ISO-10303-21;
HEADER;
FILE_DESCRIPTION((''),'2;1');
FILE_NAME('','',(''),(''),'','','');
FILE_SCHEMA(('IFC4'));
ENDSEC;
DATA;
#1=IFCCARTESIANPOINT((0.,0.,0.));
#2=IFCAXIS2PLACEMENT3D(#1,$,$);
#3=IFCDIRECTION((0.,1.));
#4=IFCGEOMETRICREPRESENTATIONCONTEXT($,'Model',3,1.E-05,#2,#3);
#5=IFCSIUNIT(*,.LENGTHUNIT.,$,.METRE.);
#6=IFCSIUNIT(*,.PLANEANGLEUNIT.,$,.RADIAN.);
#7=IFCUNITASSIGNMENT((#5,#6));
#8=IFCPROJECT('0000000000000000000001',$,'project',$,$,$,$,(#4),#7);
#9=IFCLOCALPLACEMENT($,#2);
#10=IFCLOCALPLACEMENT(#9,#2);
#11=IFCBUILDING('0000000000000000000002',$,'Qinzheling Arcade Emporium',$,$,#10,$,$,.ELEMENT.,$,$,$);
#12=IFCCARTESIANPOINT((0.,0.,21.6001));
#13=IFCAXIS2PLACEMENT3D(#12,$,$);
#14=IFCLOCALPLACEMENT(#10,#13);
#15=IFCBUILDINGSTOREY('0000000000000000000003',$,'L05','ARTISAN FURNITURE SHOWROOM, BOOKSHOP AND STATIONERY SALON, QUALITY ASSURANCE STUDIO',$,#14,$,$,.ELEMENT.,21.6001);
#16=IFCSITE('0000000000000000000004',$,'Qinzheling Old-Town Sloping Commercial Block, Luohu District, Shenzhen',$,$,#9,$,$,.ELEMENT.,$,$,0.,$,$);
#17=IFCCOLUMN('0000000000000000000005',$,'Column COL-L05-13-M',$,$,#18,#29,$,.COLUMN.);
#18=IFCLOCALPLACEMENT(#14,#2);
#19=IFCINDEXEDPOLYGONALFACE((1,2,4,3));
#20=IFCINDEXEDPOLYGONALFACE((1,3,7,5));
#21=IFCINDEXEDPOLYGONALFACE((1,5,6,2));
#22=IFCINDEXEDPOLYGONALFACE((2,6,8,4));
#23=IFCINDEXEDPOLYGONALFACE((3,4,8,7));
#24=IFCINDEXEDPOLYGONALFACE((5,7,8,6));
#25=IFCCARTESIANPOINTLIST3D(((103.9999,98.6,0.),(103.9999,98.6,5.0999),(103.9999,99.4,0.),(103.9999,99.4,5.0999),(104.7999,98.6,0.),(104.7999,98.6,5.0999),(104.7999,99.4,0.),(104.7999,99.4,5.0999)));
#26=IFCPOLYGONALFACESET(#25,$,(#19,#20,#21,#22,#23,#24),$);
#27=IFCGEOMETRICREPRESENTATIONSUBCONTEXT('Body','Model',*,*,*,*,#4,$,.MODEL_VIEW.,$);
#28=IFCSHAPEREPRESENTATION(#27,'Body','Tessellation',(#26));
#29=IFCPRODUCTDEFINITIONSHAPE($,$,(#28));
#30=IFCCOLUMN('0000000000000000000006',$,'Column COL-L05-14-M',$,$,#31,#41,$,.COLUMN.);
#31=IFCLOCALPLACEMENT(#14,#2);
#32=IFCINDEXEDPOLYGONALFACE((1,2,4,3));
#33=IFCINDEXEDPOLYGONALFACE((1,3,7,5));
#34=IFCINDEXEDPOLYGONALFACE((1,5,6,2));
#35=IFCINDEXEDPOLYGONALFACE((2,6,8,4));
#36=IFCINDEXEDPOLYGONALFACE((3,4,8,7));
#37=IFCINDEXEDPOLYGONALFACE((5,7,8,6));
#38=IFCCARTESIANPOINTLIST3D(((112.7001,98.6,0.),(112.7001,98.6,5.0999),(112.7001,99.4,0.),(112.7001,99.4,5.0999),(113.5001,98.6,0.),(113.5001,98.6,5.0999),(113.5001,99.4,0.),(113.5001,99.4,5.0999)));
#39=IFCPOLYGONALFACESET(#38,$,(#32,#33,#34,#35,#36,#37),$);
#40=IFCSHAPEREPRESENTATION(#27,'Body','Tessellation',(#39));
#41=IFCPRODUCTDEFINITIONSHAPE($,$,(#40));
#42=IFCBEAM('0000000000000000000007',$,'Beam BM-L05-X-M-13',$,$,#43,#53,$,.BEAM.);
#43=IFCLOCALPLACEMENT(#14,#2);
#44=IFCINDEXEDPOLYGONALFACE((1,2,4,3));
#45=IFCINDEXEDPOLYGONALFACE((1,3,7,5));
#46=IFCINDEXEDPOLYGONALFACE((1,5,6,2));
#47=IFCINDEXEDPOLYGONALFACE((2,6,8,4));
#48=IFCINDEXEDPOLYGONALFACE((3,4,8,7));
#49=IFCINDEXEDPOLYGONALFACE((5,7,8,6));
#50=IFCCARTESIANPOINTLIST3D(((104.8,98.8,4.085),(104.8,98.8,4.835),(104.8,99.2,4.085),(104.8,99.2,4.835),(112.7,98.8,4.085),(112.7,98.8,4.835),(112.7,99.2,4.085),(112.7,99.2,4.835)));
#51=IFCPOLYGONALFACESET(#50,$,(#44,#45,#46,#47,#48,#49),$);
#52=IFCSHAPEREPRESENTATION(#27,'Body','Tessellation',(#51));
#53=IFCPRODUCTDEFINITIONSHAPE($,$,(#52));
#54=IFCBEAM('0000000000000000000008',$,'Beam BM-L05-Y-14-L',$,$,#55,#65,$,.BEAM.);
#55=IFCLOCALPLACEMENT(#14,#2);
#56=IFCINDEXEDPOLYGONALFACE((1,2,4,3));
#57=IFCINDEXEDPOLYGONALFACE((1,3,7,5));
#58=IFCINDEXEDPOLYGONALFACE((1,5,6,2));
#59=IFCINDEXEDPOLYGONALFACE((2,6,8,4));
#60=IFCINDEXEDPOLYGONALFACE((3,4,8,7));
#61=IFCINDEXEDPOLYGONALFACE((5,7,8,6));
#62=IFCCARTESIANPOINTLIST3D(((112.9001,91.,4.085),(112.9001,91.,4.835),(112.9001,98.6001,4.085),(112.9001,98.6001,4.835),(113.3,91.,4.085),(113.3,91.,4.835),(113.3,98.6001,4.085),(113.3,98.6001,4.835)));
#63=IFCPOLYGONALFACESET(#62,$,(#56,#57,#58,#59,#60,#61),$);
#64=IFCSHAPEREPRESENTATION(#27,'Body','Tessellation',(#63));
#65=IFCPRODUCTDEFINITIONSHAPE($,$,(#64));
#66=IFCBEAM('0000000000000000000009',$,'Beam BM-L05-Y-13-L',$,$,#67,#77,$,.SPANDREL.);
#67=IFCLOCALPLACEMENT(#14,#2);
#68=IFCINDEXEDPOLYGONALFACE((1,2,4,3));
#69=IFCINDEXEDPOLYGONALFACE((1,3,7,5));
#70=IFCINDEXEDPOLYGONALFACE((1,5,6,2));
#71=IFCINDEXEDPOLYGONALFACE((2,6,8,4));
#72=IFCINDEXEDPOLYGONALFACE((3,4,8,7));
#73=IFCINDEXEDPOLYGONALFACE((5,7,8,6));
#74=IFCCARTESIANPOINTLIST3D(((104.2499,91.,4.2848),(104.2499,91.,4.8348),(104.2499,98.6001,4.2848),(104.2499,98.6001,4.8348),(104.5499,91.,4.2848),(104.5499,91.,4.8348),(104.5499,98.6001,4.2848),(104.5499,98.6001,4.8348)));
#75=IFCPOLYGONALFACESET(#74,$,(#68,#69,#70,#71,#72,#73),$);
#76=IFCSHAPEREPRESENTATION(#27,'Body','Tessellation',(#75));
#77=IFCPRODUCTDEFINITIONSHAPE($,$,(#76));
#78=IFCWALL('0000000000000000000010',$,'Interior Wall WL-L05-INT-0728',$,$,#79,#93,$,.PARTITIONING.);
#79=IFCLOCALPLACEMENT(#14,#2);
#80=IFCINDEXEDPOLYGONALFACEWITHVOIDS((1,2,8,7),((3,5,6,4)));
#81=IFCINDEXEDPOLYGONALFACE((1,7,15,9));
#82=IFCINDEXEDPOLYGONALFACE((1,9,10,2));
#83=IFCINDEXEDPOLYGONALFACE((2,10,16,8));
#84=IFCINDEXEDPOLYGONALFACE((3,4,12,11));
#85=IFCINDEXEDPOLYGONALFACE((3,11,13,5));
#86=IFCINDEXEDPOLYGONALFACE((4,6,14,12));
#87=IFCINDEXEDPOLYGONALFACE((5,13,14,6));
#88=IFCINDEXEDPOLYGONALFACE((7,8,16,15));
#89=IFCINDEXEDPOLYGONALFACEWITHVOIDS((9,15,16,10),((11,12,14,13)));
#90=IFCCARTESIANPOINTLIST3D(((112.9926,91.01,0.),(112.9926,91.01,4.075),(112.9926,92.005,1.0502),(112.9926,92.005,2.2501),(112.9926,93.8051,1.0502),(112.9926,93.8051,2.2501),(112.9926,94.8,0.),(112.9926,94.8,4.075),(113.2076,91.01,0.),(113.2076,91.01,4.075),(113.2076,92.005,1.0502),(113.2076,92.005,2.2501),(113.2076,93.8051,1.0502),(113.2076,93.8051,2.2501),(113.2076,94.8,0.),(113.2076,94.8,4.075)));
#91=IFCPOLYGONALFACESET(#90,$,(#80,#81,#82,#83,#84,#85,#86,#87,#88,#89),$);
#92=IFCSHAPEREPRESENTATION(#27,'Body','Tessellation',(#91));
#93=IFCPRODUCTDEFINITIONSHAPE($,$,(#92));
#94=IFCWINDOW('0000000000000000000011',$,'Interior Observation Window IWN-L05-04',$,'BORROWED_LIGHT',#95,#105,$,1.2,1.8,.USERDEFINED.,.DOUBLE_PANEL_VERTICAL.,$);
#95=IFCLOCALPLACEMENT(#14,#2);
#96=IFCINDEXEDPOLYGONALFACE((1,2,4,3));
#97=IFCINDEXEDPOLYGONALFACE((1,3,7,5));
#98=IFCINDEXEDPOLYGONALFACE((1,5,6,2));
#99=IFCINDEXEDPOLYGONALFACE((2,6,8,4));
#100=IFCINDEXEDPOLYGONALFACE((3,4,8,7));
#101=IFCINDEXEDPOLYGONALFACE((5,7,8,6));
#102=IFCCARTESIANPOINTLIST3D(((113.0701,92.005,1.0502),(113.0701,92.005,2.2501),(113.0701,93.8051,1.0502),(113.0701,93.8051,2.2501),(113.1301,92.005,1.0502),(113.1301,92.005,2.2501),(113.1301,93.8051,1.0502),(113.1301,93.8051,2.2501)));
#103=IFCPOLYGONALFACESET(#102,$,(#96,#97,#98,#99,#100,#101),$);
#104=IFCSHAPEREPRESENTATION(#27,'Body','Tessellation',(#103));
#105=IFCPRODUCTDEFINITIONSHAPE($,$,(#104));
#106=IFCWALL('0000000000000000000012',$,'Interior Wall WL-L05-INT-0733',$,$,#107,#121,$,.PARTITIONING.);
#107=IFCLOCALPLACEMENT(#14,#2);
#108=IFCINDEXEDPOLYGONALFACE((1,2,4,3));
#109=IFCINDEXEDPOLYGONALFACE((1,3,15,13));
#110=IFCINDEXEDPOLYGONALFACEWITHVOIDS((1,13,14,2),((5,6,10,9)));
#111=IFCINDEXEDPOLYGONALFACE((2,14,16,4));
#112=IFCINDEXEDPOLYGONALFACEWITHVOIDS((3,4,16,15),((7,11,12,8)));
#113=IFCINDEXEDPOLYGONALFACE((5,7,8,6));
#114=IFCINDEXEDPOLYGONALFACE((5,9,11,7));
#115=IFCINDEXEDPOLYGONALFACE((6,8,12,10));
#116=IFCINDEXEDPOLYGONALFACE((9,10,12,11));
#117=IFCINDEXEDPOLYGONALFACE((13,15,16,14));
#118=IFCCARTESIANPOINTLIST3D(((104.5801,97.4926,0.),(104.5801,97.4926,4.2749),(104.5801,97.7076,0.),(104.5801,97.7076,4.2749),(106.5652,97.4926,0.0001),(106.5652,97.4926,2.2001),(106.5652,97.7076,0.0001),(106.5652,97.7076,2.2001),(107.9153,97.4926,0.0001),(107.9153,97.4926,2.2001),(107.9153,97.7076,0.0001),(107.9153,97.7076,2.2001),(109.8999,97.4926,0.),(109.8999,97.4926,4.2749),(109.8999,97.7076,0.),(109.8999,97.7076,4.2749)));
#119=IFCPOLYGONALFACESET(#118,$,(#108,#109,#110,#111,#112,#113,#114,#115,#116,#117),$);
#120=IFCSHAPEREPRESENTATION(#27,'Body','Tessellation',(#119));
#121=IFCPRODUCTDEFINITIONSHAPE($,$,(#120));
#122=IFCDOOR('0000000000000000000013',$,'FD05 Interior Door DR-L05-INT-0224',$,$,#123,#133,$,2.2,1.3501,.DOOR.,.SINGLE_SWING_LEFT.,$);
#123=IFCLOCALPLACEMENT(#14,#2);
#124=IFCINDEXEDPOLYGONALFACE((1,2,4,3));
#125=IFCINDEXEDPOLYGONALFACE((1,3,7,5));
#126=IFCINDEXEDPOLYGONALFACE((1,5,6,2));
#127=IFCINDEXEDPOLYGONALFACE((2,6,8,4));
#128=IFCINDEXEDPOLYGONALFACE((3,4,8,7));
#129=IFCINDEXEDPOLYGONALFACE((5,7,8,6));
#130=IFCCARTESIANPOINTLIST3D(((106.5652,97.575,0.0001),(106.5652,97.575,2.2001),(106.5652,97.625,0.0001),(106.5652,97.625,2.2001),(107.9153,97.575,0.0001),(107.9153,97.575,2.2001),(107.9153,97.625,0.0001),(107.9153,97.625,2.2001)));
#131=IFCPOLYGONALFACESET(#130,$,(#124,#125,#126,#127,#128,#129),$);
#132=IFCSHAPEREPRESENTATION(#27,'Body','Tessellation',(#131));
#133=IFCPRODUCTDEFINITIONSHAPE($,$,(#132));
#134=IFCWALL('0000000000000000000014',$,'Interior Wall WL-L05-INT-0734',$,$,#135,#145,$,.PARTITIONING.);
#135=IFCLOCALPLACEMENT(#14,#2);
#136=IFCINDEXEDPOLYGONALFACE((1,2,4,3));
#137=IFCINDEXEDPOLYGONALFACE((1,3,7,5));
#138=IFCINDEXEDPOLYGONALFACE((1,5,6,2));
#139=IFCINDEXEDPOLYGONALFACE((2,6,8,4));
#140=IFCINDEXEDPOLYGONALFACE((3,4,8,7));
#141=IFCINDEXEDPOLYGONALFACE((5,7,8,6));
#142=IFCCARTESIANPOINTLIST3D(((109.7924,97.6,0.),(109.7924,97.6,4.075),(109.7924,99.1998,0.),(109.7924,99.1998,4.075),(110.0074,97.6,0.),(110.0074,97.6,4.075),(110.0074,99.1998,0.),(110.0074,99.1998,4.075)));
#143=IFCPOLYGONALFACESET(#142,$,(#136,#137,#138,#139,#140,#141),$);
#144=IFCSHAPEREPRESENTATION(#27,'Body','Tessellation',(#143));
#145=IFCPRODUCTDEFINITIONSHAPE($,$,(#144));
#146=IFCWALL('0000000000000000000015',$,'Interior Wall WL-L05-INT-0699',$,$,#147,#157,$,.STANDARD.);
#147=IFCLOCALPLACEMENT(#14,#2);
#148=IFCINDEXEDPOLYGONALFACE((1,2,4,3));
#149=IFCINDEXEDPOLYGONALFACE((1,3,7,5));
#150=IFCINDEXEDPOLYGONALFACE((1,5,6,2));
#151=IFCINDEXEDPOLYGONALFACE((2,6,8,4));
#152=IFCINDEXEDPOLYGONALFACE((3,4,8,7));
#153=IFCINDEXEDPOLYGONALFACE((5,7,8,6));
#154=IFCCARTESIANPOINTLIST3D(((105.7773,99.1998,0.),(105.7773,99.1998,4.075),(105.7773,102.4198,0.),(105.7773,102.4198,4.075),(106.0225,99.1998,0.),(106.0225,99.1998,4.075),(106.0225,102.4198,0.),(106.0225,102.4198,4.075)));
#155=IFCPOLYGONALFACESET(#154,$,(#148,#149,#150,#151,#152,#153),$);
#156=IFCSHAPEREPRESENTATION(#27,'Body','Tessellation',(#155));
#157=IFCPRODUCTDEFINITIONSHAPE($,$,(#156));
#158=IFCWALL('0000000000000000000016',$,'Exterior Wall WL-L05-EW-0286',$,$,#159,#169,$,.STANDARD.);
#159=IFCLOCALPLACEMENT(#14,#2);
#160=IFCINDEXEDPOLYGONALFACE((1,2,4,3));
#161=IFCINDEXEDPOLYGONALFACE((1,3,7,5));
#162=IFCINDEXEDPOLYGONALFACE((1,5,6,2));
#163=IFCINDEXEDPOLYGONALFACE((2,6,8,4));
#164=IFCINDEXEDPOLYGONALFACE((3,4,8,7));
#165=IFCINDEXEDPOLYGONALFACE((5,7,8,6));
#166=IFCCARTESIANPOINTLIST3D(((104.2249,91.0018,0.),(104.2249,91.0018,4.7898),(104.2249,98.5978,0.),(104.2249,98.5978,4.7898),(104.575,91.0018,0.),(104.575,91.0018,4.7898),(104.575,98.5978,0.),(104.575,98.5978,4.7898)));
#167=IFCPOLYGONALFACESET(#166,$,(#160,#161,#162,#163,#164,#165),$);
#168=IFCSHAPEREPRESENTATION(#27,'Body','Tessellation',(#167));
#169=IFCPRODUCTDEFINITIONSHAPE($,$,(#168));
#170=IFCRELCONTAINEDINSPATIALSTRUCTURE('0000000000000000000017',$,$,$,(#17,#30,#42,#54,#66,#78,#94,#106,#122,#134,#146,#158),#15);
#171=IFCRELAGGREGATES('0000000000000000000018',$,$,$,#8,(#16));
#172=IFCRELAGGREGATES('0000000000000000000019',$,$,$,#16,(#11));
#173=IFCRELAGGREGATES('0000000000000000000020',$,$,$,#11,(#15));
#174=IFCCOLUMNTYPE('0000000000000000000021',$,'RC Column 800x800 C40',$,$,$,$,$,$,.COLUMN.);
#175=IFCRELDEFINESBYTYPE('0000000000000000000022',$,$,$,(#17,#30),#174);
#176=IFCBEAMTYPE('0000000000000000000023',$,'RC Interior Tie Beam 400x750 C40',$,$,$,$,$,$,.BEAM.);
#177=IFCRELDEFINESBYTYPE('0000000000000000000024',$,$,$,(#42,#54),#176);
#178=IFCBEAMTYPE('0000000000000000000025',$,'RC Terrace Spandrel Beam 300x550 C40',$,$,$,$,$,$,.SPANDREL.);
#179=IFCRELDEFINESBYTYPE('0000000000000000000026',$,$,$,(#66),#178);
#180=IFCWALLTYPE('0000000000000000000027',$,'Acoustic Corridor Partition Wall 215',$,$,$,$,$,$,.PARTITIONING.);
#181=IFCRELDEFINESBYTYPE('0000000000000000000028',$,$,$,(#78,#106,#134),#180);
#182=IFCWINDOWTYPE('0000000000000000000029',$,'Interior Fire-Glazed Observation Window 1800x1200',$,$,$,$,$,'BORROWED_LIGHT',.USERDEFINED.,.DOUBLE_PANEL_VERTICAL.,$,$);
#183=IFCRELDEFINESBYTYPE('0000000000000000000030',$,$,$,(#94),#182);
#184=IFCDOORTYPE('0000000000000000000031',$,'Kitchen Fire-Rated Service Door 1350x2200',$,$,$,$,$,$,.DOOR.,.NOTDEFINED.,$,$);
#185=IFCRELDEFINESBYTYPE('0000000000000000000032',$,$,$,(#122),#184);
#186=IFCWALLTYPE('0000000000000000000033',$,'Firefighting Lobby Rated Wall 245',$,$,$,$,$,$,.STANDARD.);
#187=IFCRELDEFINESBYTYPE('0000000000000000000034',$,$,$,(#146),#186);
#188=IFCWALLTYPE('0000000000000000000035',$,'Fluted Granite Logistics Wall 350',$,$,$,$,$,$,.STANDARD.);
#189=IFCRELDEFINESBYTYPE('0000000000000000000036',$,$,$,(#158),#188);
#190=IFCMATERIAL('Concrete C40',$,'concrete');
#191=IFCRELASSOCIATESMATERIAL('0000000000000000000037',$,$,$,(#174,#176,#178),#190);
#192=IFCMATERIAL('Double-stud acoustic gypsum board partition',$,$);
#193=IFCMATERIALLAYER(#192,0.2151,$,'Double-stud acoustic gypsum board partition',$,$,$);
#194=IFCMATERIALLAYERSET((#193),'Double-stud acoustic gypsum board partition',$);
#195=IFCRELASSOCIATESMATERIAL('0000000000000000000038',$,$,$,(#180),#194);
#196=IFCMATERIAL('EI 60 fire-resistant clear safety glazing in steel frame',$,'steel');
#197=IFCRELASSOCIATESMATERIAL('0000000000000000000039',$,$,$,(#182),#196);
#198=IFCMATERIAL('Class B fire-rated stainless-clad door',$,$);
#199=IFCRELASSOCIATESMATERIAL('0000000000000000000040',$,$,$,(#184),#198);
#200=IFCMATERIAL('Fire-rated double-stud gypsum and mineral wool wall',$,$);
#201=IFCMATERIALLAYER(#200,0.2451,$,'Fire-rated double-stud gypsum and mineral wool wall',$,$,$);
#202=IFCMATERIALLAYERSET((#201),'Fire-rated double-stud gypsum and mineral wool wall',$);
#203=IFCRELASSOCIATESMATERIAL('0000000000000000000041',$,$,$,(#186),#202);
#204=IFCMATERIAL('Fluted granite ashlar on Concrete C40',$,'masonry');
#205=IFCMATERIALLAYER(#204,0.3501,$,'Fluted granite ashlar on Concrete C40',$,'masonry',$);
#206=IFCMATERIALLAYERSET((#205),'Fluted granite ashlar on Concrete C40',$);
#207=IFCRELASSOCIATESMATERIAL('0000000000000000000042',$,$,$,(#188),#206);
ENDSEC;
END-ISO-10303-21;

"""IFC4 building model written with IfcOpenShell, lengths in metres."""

from ifc_helpers import new_model, si_unit, direction, frame, frame_2d, origin, origin_2d, place, context, subcontext, project, spatial, rectangle, extrude, material, layer, layer_set, material_profile, profile_set, type_object, element, fill, save


model = new_model("IFC4")

# Units and contexts
model_context = context("Model", 3, precision=1e-05, world=origin(), true_north=direction((0.0, 1.0)))
body_context = subcontext(model_context, "Body", "Model", "MODEL_VIEW")
ifc_project = project(units=[si_unit("LENGTHUNIT", "METRE"), si_unit("PLANEANGLEUNIT", "RADIAN")], contexts=[model_context])

# Site, building, storey
site_placement = place(None, origin())
site = spatial("IfcSite", under=ifc_project, at=site_placement, Name="Qinzheling Old-Town Sloping Commercial Block, Luohu District, Shenzhen", CompositionType="ELEMENT", RefElevation=0.0)
building_placement = place(site_placement, origin())
building = spatial("IfcBuilding", under=site, at=building_placement, Name="Qinzheling Arcade Emporium", CompositionType="ELEMENT")
storey_placement = place(building_placement, frame((0.0, 0.0, 21.6001)))
storey = spatial("IfcBuildingStorey", under=building, at=storey_placement, Name="L05", Description="ARTISAN FURNITURE SHOWROOM, BOOKSHOP AND STATIONERY SALON, QUALITY ASSURANCE STUDIO", CompositionType="ELEMENT", Elevation=21.6001)

# Columns
ifc_material_1 = material(Name="Concrete C40", Category="concrete")
ifc_material_profile_1 = material_profile(ifc_material_1, rectangle(XDim=0.8, YDim=0.8, at=origin_2d()), Name="RC 800x800", Category="concrete")
ifc_profile_set_1 = profile_set([ifc_material_profile_1], Name="Concrete C40")
column_type = type_object("IfcColumnType", Name="RC Column 800x800 C40", PredefinedType="COLUMN", material=ifc_profile_set_1)
for number, where, z_axis, x_axis, name in (
    (1, (104.3999, 99.0, 0.0), (0.0, 0.0, 1.0), (1.0, 0.0, 0.0), "Column COL-L05-13-M"),
    (2, (113.1001, 99.0, 0.0), (0.0, 0.0, 1.0), (1.0, 0.0, 0.0), "Column COL-L05-14-M"),
):
    element("IfcColumn", number, at=place(storey_placement, frame(where, z_axis=z_axis, x_axis=x_axis)), inside=storey, type_object=column_type, Name=name, PredefinedType="COLUMN", context=body_context, shape_type="SweptSolid", body=[
        extrude(rectangle(XDim=0.8, YDim=0.8, at=origin_2d()), origin(), (0.0, 0.0, 1.0), 5.0999),
    ])

# Beams
ifc_material_profile_2 = material_profile(ifc_material_1, rectangle(XDim=0.3999, YDim=0.75, at=origin_2d()), Name="RC 400x750", Category="concrete")
ifc_profile_set_2 = profile_set([ifc_material_profile_2], Name="Concrete C40")
beam_type_1 = type_object("IfcBeamType", Name="RC Interior Tie Beam 400x750 C40", PredefinedType="BEAM", material=ifc_profile_set_2)
beam_1_placement = place(storey_placement, frame((104.8, 99.0, 4.46), z_axis=(1.0, 0.0, 0.0), x_axis=(0.0, 1.0, 0.0)))
element("IfcBeam", 3, at=beam_1_placement, inside=storey, type_object=beam_type_1, Name="Beam BM-L05-X-M-13", PredefinedType="BEAM", context=body_context, shape_type="SweptSolid", body=[
    extrude(rectangle(XDim=0.3999, YDim=0.75, at=origin_2d()), origin(), (0.0, 0.0, 1.0), 7.8999),
])
beam_2_placement = place(storey_placement, frame((113.1001, 91.0, 4.46), z_axis=(0.0, 1.0, 0.0), x_axis=(-1.0, 0.0, 0.0)))
element("IfcBeam", 4, at=beam_2_placement, inside=storey, type_object=beam_type_1, Name="Beam BM-L05-Y-14-L", PredefinedType="BEAM", context=body_context, shape_type="SweptSolid", body=[
    extrude(rectangle(XDim=0.3999, YDim=0.75, at=origin_2d()), origin(), (0.0, 0.0, 1.0), 7.6001),
])
ifc_material_profile_3 = material_profile(ifc_material_1, rectangle(XDim=0.3, YDim=0.55, at=origin_2d()), Name="RC 300x550", Category="concrete")
ifc_profile_set_3 = profile_set([ifc_material_profile_3], Name="Concrete C40")
beam_type_2 = type_object("IfcBeamType", Name="RC Terrace Spandrel Beam 300x550 C40", PredefinedType="SPANDREL", material=ifc_profile_set_3)
beam_3_placement = place(storey_placement, frame((104.3999, 91.0, 4.5598), z_axis=(0.0, 1.0, 0.0), x_axis=(-1.0, 0.0, 0.0)))
element("IfcBeam", 5, at=beam_3_placement, inside=storey, type_object=beam_type_2, Name="Beam BM-L05-Y-13-L", PredefinedType="SPANDREL", context=body_context, shape_type="SweptSolid", body=[
    extrude(rectangle(XDim=0.3, YDim=0.55, at=origin_2d()), origin(), (0.0, 0.0, 1.0), 7.6001),
])

# Wall, opening, window
ifc_material_2 = material(Name="Double-stud acoustic gypsum board partition")
ifc_layer_1 = layer(ifc_material_2, 0.2151, Name="Double-stud acoustic gypsum board partition")
ifc_layer_set_1 = layer_set([ifc_layer_1], Name="Double-stud acoustic gypsum board partition")
wall_type_1 = type_object("IfcWallType", Name="Acoustic Corridor Partition Wall 215", PredefinedType="PARTITIONING", material=ifc_layer_set_1)
wall_1_placement = place(storey_placement, frame((113.1001, 94.8, 0.0), z_axis=(0.0, 0.0, 1.0), x_axis=(0.0, -1.0, 0.0)))
wall_1 = element("IfcWall", 6, at=wall_1_placement, inside=storey, type_object=wall_type_1, Name="Interior Wall WL-L05-INT-0728", PredefinedType="PARTITIONING", context=body_context, shape_type="SweptSolid", body=[
    extrude(rectangle(XDim=3.79, YDim=0.2151, at=frame_2d((1.895, 0.0))), origin(), (0.0, 0.0, 1.0), 4.075),
])
opening_1_placement = place(wall_1_placement, frame((0.9951, 0.0, 1.05)))
opening_1 = element("IfcOpeningElement", 7, at=opening_1_placement, cuts=wall_1, PredefinedType="OPENING", context=body_context, shape_type="SweptSolid", body=[
    extrude(rectangle(XDim=1.8, YDim=1.2, at=frame_2d((0.8999, 0.6001))), frame((0.0, 0.1177, 0.0), z_axis=(0.0, -1.0, 0.0), x_axis=(1.0, 0.0, 0.0)), (0.0, 0.0, 1.0), 0.2351),
])
ifc_material_3 = material(Name="EI 60 fire-resistant clear safety glazing in steel frame", Category="steel")
window_type = type_object("IfcWindowType", Name="Interior Fire-Glazed Observation Window 1800x1200", ElementType="BORROWED_LIGHT", PartitioningType="DOUBLE_PANEL_VERTICAL", PredefinedType="USERDEFINED", material=ifc_material_3)
window_placement = place(opening_1_placement, origin())
window = element("IfcWindow", 8, at=window_placement, inside=storey, type_object=window_type, Name="Interior Observation Window IWN-L05-04", ObjectType="BORROWED_LIGHT", OverallHeight=1.2, OverallWidth=1.8, PartitioningType="DOUBLE_PANEL_VERTICAL", PredefinedType="USERDEFINED", context=body_context, shape_type="SweptSolid", body=[
    extrude(rectangle(XDim=1.8, YDim=1.2, at=frame_2d((0.8999, 0.6001))), frame((0.0, 0.03, 0.0), z_axis=(0.0, -1.0, 0.0), x_axis=(1.0, 0.0, 0.0)), (0.0, 0.0, 1.0), 0.0601),
])
fill(opening_1, window)

# Wall, opening, door
wall_2_placement = place(storey_placement, frame((104.5801, 97.6001, 0.0), z_axis=(0.0, 0.0, 1.0), x_axis=(1.0, 0.0, 0.0)))
wall_2 = element("IfcWall", 9, at=wall_2_placement, inside=storey, type_object=wall_type_1, Name="Interior Wall WL-L05-INT-0733", PredefinedType="PARTITIONING", context=body_context, shape_type="SweptSolid", body=[
    extrude(rectangle(XDim=5.3198, YDim=0.2151, at=frame_2d((2.6599, 0.0))), origin(), (0.0, 0.0, 1.0), 4.2749),
])
opening_2_placement = place(wall_2_placement, frame((1.9851, 0.0, 0.0)))
opening_2 = element("IfcOpeningElement", 10, at=opening_2_placement, cuts=wall_2, PredefinedType="OPENING", context=body_context, shape_type="SweptSolid", body=[
    extrude(rectangle(XDim=1.3501, YDim=2.2, at=frame_2d((0.675, 1.1001))), frame((0.0, 0.1177, 0.0), z_axis=(0.0, -1.0, 0.0), x_axis=(1.0, 0.0, 0.0)), (0.0, 0.0, 1.0), 0.2351),
])
ifc_material_4 = material(Name="Class B fire-rated stainless-clad door")
door_type_1 = type_object("IfcDoorType", Name="Kitchen Fire-Rated Service Door 1350x2200", OperationType="NOTDEFINED", PredefinedType="DOOR", material=ifc_material_4)
door_1_placement = place(opening_2_placement, origin())
door_1 = element("IfcDoor", 11, at=door_1_placement, inside=storey, type_object=door_type_1, Name="FD05 Interior Door DR-L05-INT-0224", OperationType="SINGLE_SWING_LEFT", OverallHeight=2.2, OverallWidth=1.3501, PredefinedType="DOOR", context=body_context, shape_type="SweptSolid", body=[
    extrude(rectangle(XDim=1.3501, YDim=2.2, at=frame_2d((0.675, 1.1001))), frame((0.0, 0.0249, 0.0), z_axis=(0.0, -1.0, 0.0), x_axis=(1.0, 0.0, 0.0)), (0.0, 0.0, 1.0), 0.05),
])
fill(opening_2, door_1)

# Walls
wall_3_placement = place(storey_placement, frame((109.8999, 97.6001, 0.0), z_axis=(0.0, 0.0, 1.0), x_axis=(0.0, 1.0, 0.0)))
element("IfcWall", 12, at=wall_3_placement, inside=storey, type_object=wall_type_1, Name="Interior Wall WL-L05-INT-0734", PredefinedType="PARTITIONING", context=body_context, shape_type="SweptSolid", body=[
    extrude(rectangle(XDim=1.5999, YDim=0.2151, at=frame_2d((0.7998, 0.0))), origin(), (0.0, 0.0, 1.0), 4.075),
])
ifc_material_5 = material(Name="Fire-rated double-stud gypsum and mineral wool wall")
ifc_layer_2 = layer(ifc_material_5, 0.2451, Name="Fire-rated double-stud gypsum and mineral wool wall")
ifc_layer_set_2 = layer_set([ifc_layer_2], Name="Fire-rated double-stud gypsum and mineral wool wall")
wall_type_2 = type_object("IfcWallType", Name="Firefighting Lobby Rated Wall 245", PredefinedType="STANDARD", material=ifc_layer_set_2)
wall_4_placement = place(storey_placement, frame((105.8999, 99.2, 0.0), z_axis=(0.0, 0.0, 1.0), x_axis=(0.0, 1.0, 0.0)))
element("IfcWall", 13, at=wall_4_placement, inside=storey, type_object=wall_type_2, Name="Interior Wall WL-L05-INT-0699", PredefinedType="STANDARD", context=body_context, shape_type="SweptSolid", body=[
    extrude(rectangle(XDim=3.22, YDim=0.2451, at=frame_2d((1.6099, 0.0))), origin(), (0.0, 0.0, 1.0), 4.075),
])
ifc_material_6 = material(Name="Fluted granite ashlar on Concrete C40", Category="masonry")
ifc_layer_3 = layer(ifc_material_6, 0.3501, Name="Fluted granite ashlar on Concrete C40", Category="masonry")
ifc_layer_set_3 = layer_set([ifc_layer_3], Name="Fluted granite ashlar on Concrete C40")
wall_type_3 = type_object("IfcWallType", Name="Fluted Granite Logistics Wall 350", PredefinedType="STANDARD", material=ifc_layer_set_3)
wall_5_placement = place(storey_placement, frame((104.3999, 91.002, 0.0), z_axis=(0.0, 0.0, 1.0), x_axis=(0.0, 1.0, 0.0)))
element("IfcWall", 14, at=wall_5_placement, inside=storey, type_object=wall_type_3, Name="Exterior Wall WL-L05-EW-0286", PredefinedType="STANDARD", context=body_context, shape_type="SweptSolid", body=[
    extrude(rectangle(XDim=7.5959, YDim=0.3501, at=frame_2d((3.7979, 0.0))), origin(), (0.0, 0.0, 1.0), 4.7898),
])

save(model, "model.ifc")
